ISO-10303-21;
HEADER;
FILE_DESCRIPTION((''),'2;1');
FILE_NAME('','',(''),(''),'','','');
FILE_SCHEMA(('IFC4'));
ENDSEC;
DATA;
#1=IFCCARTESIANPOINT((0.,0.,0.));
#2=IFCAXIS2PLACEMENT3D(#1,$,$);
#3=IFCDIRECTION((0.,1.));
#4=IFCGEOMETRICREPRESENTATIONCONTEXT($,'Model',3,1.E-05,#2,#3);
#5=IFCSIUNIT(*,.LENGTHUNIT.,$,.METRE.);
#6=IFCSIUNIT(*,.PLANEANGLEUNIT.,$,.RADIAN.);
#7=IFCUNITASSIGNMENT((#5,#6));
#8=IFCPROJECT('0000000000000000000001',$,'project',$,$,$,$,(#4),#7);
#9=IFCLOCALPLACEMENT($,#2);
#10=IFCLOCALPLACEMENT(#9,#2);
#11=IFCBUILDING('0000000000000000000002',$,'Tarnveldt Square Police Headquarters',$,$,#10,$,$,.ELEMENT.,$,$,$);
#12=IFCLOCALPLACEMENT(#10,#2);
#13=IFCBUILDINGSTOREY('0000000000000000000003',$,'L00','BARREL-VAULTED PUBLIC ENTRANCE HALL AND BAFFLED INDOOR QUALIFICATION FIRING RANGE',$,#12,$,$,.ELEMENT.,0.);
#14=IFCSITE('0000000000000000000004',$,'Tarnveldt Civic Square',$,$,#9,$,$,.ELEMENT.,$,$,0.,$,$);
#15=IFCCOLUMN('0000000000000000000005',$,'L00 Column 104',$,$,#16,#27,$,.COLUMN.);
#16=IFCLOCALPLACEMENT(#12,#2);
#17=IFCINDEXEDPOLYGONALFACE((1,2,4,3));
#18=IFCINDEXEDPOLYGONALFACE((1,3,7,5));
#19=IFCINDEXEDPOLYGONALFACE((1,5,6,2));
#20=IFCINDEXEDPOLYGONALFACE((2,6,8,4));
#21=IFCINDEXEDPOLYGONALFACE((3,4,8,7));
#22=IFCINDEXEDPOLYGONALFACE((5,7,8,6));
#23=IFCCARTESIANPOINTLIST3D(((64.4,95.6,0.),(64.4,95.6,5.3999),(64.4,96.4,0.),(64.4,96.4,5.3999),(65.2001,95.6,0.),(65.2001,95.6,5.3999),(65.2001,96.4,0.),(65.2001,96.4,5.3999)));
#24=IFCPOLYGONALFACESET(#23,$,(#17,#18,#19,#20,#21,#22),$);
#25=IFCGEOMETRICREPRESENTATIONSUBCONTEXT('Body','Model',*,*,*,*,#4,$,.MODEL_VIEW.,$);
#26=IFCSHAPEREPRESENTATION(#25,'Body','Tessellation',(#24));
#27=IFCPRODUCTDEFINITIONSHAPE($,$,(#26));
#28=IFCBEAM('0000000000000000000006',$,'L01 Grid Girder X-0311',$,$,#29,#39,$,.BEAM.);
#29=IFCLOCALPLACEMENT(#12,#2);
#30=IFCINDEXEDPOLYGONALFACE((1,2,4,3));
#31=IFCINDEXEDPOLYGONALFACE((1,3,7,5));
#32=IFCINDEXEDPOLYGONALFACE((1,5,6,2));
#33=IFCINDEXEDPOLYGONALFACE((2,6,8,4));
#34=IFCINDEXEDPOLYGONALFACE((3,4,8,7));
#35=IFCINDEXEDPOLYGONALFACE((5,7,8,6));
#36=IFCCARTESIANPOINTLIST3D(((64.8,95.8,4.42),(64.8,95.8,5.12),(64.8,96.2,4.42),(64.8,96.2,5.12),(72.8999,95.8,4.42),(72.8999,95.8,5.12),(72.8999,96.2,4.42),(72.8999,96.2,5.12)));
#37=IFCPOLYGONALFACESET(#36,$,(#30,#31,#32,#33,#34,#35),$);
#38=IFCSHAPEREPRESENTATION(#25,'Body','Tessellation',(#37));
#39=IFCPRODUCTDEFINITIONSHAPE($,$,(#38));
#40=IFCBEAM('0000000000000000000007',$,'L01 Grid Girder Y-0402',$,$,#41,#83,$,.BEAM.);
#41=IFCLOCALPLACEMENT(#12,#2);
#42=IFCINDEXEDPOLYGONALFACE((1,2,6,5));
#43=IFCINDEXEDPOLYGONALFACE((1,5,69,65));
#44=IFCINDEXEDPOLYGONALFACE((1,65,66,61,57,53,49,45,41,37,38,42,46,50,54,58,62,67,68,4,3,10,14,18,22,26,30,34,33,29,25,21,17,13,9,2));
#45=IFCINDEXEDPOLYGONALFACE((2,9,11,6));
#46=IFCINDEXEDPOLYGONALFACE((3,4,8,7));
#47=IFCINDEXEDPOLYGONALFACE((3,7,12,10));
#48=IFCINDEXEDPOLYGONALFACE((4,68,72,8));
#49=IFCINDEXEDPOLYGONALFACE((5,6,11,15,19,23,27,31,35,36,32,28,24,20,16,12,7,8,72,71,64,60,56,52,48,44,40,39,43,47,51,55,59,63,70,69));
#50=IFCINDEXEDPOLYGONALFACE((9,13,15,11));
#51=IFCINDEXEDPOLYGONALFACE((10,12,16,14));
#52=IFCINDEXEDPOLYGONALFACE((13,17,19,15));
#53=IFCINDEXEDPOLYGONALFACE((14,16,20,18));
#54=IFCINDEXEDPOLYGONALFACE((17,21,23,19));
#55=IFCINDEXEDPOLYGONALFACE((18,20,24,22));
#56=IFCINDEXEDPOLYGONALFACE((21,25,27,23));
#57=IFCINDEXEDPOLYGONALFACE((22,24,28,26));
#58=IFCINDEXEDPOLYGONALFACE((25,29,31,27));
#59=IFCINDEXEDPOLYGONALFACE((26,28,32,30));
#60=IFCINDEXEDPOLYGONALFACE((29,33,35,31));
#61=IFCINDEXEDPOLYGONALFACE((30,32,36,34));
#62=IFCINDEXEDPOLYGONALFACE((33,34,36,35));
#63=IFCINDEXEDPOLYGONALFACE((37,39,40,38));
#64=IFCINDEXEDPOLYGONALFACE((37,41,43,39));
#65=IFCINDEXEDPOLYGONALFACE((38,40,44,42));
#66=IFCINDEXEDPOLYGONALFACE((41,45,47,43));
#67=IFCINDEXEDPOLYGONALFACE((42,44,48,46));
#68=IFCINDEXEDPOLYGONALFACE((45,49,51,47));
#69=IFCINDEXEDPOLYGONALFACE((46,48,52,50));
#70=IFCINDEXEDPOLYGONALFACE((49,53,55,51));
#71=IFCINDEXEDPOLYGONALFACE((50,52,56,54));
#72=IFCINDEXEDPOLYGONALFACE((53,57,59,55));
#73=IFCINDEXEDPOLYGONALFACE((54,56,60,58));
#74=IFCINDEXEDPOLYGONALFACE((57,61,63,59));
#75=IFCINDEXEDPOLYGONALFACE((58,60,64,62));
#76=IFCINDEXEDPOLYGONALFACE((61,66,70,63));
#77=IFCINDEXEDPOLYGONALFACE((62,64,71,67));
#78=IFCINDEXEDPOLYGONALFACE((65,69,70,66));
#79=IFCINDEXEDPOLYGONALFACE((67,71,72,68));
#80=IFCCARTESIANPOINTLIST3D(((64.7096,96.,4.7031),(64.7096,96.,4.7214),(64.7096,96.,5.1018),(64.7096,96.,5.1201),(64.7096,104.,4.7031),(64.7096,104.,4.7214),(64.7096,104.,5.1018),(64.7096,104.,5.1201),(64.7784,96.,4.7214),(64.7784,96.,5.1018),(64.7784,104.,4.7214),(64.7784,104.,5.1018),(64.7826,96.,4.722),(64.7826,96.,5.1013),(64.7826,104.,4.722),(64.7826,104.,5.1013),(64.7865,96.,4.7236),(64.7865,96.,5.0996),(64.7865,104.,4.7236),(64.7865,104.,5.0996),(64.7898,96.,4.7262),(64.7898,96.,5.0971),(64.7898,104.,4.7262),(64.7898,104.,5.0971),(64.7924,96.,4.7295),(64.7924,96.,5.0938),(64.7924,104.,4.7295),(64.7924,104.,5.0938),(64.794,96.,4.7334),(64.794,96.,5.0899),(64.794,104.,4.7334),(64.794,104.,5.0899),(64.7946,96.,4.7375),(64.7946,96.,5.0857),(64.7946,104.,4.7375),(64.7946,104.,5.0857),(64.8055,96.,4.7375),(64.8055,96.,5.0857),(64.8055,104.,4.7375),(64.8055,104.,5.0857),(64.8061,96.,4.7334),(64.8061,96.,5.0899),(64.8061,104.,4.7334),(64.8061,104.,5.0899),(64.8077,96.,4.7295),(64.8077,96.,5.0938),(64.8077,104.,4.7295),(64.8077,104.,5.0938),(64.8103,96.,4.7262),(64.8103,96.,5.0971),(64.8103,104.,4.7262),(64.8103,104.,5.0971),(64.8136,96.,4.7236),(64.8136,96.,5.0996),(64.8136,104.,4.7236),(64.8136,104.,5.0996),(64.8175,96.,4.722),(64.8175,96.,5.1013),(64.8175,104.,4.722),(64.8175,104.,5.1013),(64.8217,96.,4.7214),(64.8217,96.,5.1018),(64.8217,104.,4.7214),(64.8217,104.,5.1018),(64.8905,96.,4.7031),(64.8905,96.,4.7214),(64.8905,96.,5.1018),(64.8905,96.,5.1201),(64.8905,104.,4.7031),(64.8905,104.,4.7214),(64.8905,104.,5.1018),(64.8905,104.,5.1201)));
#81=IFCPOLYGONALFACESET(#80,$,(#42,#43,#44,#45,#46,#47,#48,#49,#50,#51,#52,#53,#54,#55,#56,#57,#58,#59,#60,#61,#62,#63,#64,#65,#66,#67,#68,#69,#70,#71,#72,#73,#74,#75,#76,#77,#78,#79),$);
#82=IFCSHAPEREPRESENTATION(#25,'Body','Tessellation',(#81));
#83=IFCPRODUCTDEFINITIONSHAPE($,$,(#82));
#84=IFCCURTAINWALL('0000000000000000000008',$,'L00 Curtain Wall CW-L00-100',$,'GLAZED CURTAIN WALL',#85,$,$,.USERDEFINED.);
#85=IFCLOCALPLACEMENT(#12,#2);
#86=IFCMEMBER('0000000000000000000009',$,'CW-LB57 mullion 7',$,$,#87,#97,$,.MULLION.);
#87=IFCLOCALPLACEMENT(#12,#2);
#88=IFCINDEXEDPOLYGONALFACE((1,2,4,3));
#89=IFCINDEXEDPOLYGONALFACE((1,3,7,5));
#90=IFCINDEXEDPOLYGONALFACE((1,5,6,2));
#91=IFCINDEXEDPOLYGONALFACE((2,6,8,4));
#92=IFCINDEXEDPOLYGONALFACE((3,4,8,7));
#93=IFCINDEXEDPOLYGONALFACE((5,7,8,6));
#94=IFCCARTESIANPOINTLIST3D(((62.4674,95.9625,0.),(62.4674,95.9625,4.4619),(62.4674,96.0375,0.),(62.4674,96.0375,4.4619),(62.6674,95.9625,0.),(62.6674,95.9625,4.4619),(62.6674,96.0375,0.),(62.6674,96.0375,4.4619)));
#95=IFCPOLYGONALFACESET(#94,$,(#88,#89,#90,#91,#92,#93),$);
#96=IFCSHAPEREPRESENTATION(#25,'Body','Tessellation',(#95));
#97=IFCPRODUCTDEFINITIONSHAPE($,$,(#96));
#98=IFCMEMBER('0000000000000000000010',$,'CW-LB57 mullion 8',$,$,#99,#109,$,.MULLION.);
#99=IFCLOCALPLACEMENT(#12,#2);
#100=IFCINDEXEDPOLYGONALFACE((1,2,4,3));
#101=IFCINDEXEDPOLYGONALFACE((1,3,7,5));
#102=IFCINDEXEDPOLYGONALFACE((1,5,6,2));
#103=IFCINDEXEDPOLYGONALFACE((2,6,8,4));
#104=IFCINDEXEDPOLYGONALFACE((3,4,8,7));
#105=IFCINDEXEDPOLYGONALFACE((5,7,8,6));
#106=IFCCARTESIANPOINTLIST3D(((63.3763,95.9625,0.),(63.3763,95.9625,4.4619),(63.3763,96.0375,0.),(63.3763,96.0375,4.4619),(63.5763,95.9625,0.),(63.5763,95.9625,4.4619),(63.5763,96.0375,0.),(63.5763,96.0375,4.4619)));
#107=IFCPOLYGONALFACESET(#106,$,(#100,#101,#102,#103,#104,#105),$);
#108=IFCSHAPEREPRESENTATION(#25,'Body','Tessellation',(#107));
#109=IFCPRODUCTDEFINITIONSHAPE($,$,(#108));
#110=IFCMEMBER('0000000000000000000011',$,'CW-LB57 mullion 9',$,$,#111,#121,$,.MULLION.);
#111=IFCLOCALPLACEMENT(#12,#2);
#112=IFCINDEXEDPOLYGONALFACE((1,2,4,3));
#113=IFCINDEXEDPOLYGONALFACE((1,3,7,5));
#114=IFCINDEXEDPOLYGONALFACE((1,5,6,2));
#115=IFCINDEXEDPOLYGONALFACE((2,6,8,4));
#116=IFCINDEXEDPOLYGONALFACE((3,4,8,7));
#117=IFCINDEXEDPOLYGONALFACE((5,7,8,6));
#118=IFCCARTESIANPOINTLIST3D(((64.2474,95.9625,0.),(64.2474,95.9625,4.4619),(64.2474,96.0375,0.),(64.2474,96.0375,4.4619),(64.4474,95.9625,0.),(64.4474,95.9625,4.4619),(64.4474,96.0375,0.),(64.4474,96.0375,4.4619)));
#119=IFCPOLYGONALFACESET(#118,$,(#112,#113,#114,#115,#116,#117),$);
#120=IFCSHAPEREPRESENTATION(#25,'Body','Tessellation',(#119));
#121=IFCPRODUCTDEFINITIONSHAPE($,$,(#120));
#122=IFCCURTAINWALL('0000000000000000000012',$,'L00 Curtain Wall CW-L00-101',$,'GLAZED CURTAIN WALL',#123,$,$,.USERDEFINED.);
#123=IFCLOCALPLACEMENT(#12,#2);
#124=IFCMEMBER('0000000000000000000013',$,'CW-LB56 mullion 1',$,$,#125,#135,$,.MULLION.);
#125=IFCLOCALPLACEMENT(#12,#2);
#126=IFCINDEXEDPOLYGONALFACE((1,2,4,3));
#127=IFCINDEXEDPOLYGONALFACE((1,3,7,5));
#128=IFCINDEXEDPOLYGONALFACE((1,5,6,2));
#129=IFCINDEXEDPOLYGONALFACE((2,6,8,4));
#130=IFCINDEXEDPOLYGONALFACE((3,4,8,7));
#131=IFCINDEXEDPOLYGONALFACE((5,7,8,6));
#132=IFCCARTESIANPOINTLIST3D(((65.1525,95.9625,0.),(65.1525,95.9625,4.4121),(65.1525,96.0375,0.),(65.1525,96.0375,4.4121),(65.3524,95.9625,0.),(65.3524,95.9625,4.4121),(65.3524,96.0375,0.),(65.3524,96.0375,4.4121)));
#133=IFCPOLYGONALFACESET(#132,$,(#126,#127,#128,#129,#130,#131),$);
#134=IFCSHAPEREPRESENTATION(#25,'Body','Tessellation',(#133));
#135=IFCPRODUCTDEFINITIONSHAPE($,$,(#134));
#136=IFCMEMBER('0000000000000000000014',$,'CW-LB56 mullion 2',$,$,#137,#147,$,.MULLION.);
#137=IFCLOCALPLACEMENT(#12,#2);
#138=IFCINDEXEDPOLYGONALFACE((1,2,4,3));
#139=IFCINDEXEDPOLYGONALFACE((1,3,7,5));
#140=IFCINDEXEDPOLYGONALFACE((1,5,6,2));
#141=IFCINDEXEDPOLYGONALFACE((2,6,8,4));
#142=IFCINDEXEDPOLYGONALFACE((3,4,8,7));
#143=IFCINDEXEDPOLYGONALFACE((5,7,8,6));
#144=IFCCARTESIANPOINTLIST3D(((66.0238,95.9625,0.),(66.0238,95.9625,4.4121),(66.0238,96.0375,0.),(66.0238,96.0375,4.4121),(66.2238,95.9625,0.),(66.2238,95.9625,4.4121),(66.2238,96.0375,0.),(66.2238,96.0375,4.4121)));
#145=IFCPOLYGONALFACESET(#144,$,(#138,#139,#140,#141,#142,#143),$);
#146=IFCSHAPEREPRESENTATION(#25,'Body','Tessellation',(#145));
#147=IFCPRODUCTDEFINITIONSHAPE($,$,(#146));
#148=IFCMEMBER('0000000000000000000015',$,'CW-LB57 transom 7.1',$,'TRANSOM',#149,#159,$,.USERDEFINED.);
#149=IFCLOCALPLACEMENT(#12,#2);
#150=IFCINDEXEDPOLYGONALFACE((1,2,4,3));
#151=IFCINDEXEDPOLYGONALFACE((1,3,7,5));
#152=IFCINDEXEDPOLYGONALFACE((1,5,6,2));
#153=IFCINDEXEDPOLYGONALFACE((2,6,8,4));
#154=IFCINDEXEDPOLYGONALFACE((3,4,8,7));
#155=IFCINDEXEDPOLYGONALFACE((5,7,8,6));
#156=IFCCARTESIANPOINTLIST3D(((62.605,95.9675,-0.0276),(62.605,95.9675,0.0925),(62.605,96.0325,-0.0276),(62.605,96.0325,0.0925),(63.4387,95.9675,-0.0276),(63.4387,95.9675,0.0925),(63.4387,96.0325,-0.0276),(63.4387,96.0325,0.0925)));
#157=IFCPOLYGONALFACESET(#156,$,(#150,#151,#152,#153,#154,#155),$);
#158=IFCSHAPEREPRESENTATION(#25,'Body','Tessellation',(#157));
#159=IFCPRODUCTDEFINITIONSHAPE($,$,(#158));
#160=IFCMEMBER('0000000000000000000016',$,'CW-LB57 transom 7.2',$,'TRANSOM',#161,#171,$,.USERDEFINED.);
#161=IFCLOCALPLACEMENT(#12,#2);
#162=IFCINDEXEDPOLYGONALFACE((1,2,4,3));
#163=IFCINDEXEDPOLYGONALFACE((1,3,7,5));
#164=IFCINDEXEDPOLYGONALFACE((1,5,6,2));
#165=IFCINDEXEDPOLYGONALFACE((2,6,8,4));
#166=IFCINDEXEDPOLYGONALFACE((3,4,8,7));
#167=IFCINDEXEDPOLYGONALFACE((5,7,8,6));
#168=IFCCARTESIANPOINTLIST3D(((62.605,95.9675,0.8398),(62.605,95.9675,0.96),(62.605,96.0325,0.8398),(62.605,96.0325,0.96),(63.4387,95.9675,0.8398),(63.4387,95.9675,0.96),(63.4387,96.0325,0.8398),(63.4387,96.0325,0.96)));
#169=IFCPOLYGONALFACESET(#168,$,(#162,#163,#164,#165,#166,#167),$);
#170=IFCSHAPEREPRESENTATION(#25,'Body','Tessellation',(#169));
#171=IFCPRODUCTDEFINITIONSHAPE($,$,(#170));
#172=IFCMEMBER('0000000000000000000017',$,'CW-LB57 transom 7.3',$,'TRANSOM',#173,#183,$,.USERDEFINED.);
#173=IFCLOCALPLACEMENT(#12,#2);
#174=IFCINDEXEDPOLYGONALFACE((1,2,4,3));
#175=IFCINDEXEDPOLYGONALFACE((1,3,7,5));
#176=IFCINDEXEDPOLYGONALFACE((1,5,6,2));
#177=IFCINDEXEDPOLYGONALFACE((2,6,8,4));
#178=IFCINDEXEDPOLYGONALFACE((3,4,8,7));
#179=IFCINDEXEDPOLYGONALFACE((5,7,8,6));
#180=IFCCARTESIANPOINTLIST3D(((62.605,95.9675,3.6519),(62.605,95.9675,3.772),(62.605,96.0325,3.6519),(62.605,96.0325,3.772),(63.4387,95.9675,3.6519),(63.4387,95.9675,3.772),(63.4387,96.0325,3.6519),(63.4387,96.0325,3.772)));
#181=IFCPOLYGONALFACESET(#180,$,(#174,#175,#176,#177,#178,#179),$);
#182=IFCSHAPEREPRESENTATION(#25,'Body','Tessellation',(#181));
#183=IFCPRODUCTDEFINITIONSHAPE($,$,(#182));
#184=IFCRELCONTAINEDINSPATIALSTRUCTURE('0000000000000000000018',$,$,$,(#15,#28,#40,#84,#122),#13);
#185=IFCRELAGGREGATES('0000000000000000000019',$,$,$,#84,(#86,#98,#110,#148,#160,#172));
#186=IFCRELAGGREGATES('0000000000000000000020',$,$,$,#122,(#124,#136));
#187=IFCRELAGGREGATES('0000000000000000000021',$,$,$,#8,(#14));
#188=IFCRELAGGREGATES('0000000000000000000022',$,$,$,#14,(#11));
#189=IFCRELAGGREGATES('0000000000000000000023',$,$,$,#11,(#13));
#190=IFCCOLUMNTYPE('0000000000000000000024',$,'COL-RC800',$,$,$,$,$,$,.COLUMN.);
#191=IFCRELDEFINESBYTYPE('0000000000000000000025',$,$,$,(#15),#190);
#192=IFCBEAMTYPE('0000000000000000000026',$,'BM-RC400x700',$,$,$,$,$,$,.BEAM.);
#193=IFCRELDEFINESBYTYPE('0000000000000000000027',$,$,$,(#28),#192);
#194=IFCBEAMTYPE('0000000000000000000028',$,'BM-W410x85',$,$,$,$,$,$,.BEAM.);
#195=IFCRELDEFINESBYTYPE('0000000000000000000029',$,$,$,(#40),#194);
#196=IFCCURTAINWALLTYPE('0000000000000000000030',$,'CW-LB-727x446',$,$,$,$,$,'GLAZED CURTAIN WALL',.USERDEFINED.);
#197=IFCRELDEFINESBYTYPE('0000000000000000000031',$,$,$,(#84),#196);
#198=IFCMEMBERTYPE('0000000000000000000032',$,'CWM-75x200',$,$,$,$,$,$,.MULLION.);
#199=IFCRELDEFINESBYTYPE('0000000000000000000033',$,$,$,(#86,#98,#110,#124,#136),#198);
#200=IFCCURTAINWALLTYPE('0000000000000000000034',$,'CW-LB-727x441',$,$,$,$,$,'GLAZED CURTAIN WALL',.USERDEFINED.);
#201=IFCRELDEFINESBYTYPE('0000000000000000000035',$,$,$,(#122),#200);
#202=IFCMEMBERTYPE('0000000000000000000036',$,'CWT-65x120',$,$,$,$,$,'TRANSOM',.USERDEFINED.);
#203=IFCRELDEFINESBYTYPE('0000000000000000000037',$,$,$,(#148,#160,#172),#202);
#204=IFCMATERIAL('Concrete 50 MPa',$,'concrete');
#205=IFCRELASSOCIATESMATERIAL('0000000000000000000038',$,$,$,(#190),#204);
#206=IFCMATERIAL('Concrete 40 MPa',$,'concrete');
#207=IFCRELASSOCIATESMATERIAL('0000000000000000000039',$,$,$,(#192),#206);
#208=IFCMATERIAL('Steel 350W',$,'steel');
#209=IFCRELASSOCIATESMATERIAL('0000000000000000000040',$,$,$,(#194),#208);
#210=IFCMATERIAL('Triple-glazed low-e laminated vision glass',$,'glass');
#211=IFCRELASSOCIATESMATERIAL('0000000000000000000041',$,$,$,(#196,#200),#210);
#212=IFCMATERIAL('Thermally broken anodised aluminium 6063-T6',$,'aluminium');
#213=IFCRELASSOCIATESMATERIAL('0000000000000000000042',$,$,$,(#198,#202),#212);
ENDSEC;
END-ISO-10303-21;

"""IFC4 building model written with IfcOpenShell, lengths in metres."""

from ifc_helpers import new_model, si_unit, direction, frame, origin, origin_2d, place, context, subcontext, project, spatial, rectangle, i_section, extrude, material, material_profile, profile_set, type_object, element, aggregate, save


model = new_model("IFC4")

# Units and contexts
model_context = context("Model", 3, precision=1e-05, world=origin(), true_north=direction((0.0, 1.0)))
body_context = subcontext(model_context, "Body", "Model", "MODEL_VIEW")
ifc_project = project(units=[si_unit("LENGTHUNIT", "METRE"), si_unit("PLANEANGLEUNIT", "RADIAN")], contexts=[model_context])

# Site, building, storey
site_placement = place(None, origin())
site = spatial("IfcSite", under=ifc_project, at=site_placement, Name="Tarnveldt Civic Square", CompositionType="ELEMENT", RefElevation=0.0)
building_placement = place(site_placement, origin())
building = spatial("IfcBuilding", under=site, at=building_placement, Name="Tarnveldt Square Police Headquarters", CompositionType="ELEMENT")
storey_placement = place(building_placement, origin())
storey = spatial("IfcBuildingStorey", under=building, at=storey_placement, Name="L00", Description="BARREL-VAULTED PUBLIC ENTRANCE HALL AND BAFFLED INDOOR QUALIFICATION FIRING RANGE", CompositionType="ELEMENT", Elevation=0.0)

# Column
ifc_material_1 = material(Name="Concrete 50 MPa", Category="concrete")
ifc_material_profile_1 = material_profile(ifc_material_1, rectangle(XDim=0.8, YDim=0.8, at=origin_2d()), Name="RC-C800x800")
ifc_profile_set_1 = profile_set([ifc_material_profile_1], Name="Concrete 50 MPa")
column_type = type_object("IfcColumnType", Name="COL-RC800", PredefinedType="COLUMN", material=ifc_profile_set_1)
column_placement = place(storey_placement, frame((64.8, 96.0, 0.0), z_axis=(0.0, 0.0, 1.0), x_axis=(1.0, 0.0, 0.0)))
element("IfcColumn", 1, at=column_placement, inside=storey, type_object=column_type, Name="L00 Column 104", PredefinedType="COLUMN", context=body_context, shape_type="SweptSolid", body=[
    extrude(rectangle(XDim=0.8, YDim=0.8, at=origin_2d()), origin(), (0.0, 0.0, 1.0), 5.3999),
])

# Beams
ifc_material_2 = material(Name="Concrete 40 MPa", Category="concrete")
ifc_material_profile_2 = material_profile(ifc_material_2, rectangle(XDim=0.3999, YDim=0.7, at=origin_2d()), Name="RC-B400x700")
ifc_profile_set_2 = profile_set([ifc_material_profile_2], Name="Concrete 40 MPa")
beam_type_1 = type_object("IfcBeamType", Name="BM-RC400x700", PredefinedType="BEAM", material=ifc_profile_set_2)
beam_1_placement = place(storey_placement, frame((64.8, 96.0, 4.77), z_axis=(1.0, 0.0, 0.0), x_axis=(0.0, 1.0, 0.0)))
element("IfcBeam", 2, at=beam_1_placement, inside=storey, type_object=beam_type_1, Name="L01 Grid Girder X-0311", PredefinedType="BEAM", context=body_context, shape_type="SweptSolid", body=[
    extrude(rectangle(XDim=0.3999, YDim=0.7, at=origin_2d()), origin(), (0.0, 0.0, 1.0), 8.0999),
])
ifc_material_3 = material(Name="Steel 350W", Category="steel")
ifc_material_profile_3 = material_profile(ifc_material_3, i_section(OverallWidth=0.1809, OverallDepth=0.417, WebThickness=0.011, FlangeThickness=0.0183, FilletRadius=0.0161, at=origin_2d()), Name="W410x85")
ifc_profile_set_3 = profile_set([ifc_material_profile_3], Name="Steel 350W")
beam_type_2 = type_object("IfcBeamType", Name="BM-W410x85", PredefinedType="BEAM", material=ifc_profile_set_3)
beam_2_placement = place(storey_placement, frame((64.8, 96.0, 4.9116), z_axis=(0.0, 1.0, 0.0), x_axis=(-1.0, 0.0, 0.0)))
element("IfcBeam", 3, at=beam_2_placement, inside=storey, type_object=beam_type_2, Name="L01 Grid Girder Y-0402", PredefinedType="BEAM", context=body_context, shape_type="SweptSolid", body=[
    extrude(i_section(OverallWidth=0.1809, OverallDepth=0.417, WebThickness=0.011, FlangeThickness=0.0183, FilletRadius=0.0161, at=origin_2d()), origin(), (0.0, 0.0, 1.0), 8.0),
])

# Curtain walls, members
ifc_material_4 = material(Name="Triple-glazed low-e laminated vision glass", Category="glass")
curtain_wall_type_1 = type_object("IfcCurtainWallType", Name="CW-LB-727x446", ElementType="GLAZED CURTAIN WALL", PredefinedType="USERDEFINED", material=ifc_material_4)
curtain_wall_1_placement = place(storey_placement, origin())
curtain_wall_1 = element("IfcCurtainWall", 4, at=curtain_wall_1_placement, inside=storey, type_object=curtain_wall_type_1, Name="L00 Curtain Wall CW-L00-100", ObjectType="GLAZED CURTAIN WALL", PredefinedType="USERDEFINED")
ifc_material_5 = material(Name="Thermally broken anodised aluminium 6063-T6", Category="aluminium")
ifc_material_profile_4 = material_profile(ifc_material_5, rectangle(XDim=0.075, YDim=0.2, at=origin_2d()), Name="CW-M75x200")
ifc_profile_set_4 = profile_set([ifc_material_profile_4], Name="Thermally broken anodised aluminium 6063-T6")
member_type_1 = type_object("IfcMemberType", Name="CWM-75x200", PredefinedType="MULLION", material=ifc_profile_set_4)
member_1_placement = place(storey_placement, frame((62.5674, 96.0, 0.0), z_axis=(0.0, 0.0, 1.0), x_axis=(0.0, 1.0, 0.0)))
member_1 = element("IfcMember", 5, at=member_1_placement, type_object=member_type_1, Name="CW-LB57 mullion 7", PredefinedType="MULLION", context=body_context, shape_type="SweptSolid", body=[
    extrude(rectangle(XDim=0.075, YDim=0.2, at=origin_2d()), origin(), (0.0, 0.0, 1.0), 4.4619),
])
member_2_placement = place(storey_placement, frame((63.4763, 96.0, 0.0), z_axis=(0.0, 0.0, 1.0), x_axis=(0.0, 1.0, 0.0)))
member_2 = element("IfcMember", 6, at=member_2_placement, type_object=member_type_1, Name="CW-LB57 mullion 8", PredefinedType="MULLION", context=body_context, shape_type="SweptSolid", body=[
    extrude(rectangle(XDim=0.075, YDim=0.2, at=origin_2d()), origin(), (0.0, 0.0, 1.0), 4.4619),
])
member_3_placement = place(storey_placement, frame((64.3474, 96.0, 0.0), z_axis=(0.0, 0.0, 1.0), x_axis=(0.0, 1.0, 0.0)))
member_3 = element("IfcMember", 7, at=member_3_placement, type_object=member_type_1, Name="CW-LB57 mullion 9", PredefinedType="MULLION", context=body_context, shape_type="SweptSolid", body=[
    extrude(rectangle(XDim=0.075, YDim=0.2, at=origin_2d()), origin(), (0.0, 0.0, 1.0), 4.4619),
])
curtain_wall_type_2 = type_object("IfcCurtainWallType", Name="CW-LB-727x441", ElementType="GLAZED CURTAIN WALL", PredefinedType="USERDEFINED", material=ifc_material_4)
curtain_wall_2_placement = place(storey_placement, origin())
curtain_wall_2 = element("IfcCurtainWall", 8, at=curtain_wall_2_placement, inside=storey, type_object=curtain_wall_type_2, Name="L00 Curtain Wall CW-L00-101", ObjectType="GLAZED CURTAIN WALL", PredefinedType="USERDEFINED")
member_4_placement = place(storey_placement, frame((65.2524, 96.0, 0.0), z_axis=(0.0, 0.0, 1.0), x_axis=(0.0, 1.0, 0.0)))
member_4 = element("IfcMember", 9, at=member_4_placement, type_object=member_type_1, Name="CW-LB56 mullion 1", PredefinedType="MULLION", context=body_context, shape_type="SweptSolid", body=[
    extrude(rectangle(XDim=0.075, YDim=0.2, at=origin_2d()), origin(), (0.0, 0.0, 1.0), 4.4121),
])
member_5_placement = place(storey_placement, frame((66.1238, 96.0, 0.0), z_axis=(0.0, 0.0, 1.0), x_axis=(0.0, 1.0, 0.0)))
member_5 = element("IfcMember", 10, at=member_5_placement, type_object=member_type_1, Name="CW-LB56 mullion 2", PredefinedType="MULLION", context=body_context, shape_type="SweptSolid", body=[
    extrude(rectangle(XDim=0.075, YDim=0.2, at=origin_2d()), origin(), (0.0, 0.0, 1.0), 4.4121),
])

# Members
ifc_material_profile_5 = material_profile(ifc_material_5, rectangle(XDim=0.0649, YDim=0.1201, at=origin_2d()), Name="CW-T65x120")
ifc_profile_set_5 = profile_set([ifc_material_profile_5], Name="Thermally broken anodised aluminium 6063-T6")
member_type_2 = type_object("IfcMemberType", Name="CWT-65x120", ElementType="TRANSOM", PredefinedType="USERDEFINED", material=ifc_profile_set_5)
member_6_placement = place(storey_placement, frame((62.605, 96.0, 0.0325), z_axis=(1.0, 0.0, 0.0), x_axis=(0.0, 1.0, 0.0)))
member_6 = element("IfcMember", 11, at=member_6_placement, type_object=member_type_2, Name="CW-LB57 transom 7.1", ObjectType="TRANSOM", PredefinedType="USERDEFINED", context=body_context, shape_type="SweptSolid", body=[
    extrude(rectangle(XDim=0.0649, YDim=0.1201, at=origin_2d()), origin(), (0.0, 0.0, 1.0), 0.8337),
])
member_7_placement = place(storey_placement, frame((62.605, 96.0, 0.8999), z_axis=(1.0, 0.0, 0.0), x_axis=(0.0, 1.0, 0.0)))
member_7 = element("IfcMember", 12, at=member_7_placement, type_object=member_type_2, Name="CW-LB57 transom 7.2", ObjectType="TRANSOM", PredefinedType="USERDEFINED", context=body_context, shape_type="SweptSolid", body=[
    extrude(rectangle(XDim=0.0649, YDim=0.1201, at=origin_2d()), origin(), (0.0, 0.0, 1.0), 0.8337),
])
member_8_placement = place(storey_placement, frame((62.605, 96.0, 3.7119), z_axis=(1.0, 0.0, 0.0), x_axis=(0.0, 1.0, 0.0)))
member_8 = element("IfcMember", 13, at=member_8_placement, type_object=member_type_2, Name="CW-LB57 transom 7.3", ObjectType="TRANSOM", PredefinedType="USERDEFINED", context=body_context, shape_type="SweptSolid", body=[
    extrude(rectangle(XDim=0.0649, YDim=0.1201, at=origin_2d()), origin(), (0.0, 0.0, 1.0), 0.8337),
])

aggregate(curtain_wall_1, [member_1, member_2, member_3, member_6, member_7, member_8])
aggregate(curtain_wall_2, [member_4, member_5])

save(model, "model.ifc")
